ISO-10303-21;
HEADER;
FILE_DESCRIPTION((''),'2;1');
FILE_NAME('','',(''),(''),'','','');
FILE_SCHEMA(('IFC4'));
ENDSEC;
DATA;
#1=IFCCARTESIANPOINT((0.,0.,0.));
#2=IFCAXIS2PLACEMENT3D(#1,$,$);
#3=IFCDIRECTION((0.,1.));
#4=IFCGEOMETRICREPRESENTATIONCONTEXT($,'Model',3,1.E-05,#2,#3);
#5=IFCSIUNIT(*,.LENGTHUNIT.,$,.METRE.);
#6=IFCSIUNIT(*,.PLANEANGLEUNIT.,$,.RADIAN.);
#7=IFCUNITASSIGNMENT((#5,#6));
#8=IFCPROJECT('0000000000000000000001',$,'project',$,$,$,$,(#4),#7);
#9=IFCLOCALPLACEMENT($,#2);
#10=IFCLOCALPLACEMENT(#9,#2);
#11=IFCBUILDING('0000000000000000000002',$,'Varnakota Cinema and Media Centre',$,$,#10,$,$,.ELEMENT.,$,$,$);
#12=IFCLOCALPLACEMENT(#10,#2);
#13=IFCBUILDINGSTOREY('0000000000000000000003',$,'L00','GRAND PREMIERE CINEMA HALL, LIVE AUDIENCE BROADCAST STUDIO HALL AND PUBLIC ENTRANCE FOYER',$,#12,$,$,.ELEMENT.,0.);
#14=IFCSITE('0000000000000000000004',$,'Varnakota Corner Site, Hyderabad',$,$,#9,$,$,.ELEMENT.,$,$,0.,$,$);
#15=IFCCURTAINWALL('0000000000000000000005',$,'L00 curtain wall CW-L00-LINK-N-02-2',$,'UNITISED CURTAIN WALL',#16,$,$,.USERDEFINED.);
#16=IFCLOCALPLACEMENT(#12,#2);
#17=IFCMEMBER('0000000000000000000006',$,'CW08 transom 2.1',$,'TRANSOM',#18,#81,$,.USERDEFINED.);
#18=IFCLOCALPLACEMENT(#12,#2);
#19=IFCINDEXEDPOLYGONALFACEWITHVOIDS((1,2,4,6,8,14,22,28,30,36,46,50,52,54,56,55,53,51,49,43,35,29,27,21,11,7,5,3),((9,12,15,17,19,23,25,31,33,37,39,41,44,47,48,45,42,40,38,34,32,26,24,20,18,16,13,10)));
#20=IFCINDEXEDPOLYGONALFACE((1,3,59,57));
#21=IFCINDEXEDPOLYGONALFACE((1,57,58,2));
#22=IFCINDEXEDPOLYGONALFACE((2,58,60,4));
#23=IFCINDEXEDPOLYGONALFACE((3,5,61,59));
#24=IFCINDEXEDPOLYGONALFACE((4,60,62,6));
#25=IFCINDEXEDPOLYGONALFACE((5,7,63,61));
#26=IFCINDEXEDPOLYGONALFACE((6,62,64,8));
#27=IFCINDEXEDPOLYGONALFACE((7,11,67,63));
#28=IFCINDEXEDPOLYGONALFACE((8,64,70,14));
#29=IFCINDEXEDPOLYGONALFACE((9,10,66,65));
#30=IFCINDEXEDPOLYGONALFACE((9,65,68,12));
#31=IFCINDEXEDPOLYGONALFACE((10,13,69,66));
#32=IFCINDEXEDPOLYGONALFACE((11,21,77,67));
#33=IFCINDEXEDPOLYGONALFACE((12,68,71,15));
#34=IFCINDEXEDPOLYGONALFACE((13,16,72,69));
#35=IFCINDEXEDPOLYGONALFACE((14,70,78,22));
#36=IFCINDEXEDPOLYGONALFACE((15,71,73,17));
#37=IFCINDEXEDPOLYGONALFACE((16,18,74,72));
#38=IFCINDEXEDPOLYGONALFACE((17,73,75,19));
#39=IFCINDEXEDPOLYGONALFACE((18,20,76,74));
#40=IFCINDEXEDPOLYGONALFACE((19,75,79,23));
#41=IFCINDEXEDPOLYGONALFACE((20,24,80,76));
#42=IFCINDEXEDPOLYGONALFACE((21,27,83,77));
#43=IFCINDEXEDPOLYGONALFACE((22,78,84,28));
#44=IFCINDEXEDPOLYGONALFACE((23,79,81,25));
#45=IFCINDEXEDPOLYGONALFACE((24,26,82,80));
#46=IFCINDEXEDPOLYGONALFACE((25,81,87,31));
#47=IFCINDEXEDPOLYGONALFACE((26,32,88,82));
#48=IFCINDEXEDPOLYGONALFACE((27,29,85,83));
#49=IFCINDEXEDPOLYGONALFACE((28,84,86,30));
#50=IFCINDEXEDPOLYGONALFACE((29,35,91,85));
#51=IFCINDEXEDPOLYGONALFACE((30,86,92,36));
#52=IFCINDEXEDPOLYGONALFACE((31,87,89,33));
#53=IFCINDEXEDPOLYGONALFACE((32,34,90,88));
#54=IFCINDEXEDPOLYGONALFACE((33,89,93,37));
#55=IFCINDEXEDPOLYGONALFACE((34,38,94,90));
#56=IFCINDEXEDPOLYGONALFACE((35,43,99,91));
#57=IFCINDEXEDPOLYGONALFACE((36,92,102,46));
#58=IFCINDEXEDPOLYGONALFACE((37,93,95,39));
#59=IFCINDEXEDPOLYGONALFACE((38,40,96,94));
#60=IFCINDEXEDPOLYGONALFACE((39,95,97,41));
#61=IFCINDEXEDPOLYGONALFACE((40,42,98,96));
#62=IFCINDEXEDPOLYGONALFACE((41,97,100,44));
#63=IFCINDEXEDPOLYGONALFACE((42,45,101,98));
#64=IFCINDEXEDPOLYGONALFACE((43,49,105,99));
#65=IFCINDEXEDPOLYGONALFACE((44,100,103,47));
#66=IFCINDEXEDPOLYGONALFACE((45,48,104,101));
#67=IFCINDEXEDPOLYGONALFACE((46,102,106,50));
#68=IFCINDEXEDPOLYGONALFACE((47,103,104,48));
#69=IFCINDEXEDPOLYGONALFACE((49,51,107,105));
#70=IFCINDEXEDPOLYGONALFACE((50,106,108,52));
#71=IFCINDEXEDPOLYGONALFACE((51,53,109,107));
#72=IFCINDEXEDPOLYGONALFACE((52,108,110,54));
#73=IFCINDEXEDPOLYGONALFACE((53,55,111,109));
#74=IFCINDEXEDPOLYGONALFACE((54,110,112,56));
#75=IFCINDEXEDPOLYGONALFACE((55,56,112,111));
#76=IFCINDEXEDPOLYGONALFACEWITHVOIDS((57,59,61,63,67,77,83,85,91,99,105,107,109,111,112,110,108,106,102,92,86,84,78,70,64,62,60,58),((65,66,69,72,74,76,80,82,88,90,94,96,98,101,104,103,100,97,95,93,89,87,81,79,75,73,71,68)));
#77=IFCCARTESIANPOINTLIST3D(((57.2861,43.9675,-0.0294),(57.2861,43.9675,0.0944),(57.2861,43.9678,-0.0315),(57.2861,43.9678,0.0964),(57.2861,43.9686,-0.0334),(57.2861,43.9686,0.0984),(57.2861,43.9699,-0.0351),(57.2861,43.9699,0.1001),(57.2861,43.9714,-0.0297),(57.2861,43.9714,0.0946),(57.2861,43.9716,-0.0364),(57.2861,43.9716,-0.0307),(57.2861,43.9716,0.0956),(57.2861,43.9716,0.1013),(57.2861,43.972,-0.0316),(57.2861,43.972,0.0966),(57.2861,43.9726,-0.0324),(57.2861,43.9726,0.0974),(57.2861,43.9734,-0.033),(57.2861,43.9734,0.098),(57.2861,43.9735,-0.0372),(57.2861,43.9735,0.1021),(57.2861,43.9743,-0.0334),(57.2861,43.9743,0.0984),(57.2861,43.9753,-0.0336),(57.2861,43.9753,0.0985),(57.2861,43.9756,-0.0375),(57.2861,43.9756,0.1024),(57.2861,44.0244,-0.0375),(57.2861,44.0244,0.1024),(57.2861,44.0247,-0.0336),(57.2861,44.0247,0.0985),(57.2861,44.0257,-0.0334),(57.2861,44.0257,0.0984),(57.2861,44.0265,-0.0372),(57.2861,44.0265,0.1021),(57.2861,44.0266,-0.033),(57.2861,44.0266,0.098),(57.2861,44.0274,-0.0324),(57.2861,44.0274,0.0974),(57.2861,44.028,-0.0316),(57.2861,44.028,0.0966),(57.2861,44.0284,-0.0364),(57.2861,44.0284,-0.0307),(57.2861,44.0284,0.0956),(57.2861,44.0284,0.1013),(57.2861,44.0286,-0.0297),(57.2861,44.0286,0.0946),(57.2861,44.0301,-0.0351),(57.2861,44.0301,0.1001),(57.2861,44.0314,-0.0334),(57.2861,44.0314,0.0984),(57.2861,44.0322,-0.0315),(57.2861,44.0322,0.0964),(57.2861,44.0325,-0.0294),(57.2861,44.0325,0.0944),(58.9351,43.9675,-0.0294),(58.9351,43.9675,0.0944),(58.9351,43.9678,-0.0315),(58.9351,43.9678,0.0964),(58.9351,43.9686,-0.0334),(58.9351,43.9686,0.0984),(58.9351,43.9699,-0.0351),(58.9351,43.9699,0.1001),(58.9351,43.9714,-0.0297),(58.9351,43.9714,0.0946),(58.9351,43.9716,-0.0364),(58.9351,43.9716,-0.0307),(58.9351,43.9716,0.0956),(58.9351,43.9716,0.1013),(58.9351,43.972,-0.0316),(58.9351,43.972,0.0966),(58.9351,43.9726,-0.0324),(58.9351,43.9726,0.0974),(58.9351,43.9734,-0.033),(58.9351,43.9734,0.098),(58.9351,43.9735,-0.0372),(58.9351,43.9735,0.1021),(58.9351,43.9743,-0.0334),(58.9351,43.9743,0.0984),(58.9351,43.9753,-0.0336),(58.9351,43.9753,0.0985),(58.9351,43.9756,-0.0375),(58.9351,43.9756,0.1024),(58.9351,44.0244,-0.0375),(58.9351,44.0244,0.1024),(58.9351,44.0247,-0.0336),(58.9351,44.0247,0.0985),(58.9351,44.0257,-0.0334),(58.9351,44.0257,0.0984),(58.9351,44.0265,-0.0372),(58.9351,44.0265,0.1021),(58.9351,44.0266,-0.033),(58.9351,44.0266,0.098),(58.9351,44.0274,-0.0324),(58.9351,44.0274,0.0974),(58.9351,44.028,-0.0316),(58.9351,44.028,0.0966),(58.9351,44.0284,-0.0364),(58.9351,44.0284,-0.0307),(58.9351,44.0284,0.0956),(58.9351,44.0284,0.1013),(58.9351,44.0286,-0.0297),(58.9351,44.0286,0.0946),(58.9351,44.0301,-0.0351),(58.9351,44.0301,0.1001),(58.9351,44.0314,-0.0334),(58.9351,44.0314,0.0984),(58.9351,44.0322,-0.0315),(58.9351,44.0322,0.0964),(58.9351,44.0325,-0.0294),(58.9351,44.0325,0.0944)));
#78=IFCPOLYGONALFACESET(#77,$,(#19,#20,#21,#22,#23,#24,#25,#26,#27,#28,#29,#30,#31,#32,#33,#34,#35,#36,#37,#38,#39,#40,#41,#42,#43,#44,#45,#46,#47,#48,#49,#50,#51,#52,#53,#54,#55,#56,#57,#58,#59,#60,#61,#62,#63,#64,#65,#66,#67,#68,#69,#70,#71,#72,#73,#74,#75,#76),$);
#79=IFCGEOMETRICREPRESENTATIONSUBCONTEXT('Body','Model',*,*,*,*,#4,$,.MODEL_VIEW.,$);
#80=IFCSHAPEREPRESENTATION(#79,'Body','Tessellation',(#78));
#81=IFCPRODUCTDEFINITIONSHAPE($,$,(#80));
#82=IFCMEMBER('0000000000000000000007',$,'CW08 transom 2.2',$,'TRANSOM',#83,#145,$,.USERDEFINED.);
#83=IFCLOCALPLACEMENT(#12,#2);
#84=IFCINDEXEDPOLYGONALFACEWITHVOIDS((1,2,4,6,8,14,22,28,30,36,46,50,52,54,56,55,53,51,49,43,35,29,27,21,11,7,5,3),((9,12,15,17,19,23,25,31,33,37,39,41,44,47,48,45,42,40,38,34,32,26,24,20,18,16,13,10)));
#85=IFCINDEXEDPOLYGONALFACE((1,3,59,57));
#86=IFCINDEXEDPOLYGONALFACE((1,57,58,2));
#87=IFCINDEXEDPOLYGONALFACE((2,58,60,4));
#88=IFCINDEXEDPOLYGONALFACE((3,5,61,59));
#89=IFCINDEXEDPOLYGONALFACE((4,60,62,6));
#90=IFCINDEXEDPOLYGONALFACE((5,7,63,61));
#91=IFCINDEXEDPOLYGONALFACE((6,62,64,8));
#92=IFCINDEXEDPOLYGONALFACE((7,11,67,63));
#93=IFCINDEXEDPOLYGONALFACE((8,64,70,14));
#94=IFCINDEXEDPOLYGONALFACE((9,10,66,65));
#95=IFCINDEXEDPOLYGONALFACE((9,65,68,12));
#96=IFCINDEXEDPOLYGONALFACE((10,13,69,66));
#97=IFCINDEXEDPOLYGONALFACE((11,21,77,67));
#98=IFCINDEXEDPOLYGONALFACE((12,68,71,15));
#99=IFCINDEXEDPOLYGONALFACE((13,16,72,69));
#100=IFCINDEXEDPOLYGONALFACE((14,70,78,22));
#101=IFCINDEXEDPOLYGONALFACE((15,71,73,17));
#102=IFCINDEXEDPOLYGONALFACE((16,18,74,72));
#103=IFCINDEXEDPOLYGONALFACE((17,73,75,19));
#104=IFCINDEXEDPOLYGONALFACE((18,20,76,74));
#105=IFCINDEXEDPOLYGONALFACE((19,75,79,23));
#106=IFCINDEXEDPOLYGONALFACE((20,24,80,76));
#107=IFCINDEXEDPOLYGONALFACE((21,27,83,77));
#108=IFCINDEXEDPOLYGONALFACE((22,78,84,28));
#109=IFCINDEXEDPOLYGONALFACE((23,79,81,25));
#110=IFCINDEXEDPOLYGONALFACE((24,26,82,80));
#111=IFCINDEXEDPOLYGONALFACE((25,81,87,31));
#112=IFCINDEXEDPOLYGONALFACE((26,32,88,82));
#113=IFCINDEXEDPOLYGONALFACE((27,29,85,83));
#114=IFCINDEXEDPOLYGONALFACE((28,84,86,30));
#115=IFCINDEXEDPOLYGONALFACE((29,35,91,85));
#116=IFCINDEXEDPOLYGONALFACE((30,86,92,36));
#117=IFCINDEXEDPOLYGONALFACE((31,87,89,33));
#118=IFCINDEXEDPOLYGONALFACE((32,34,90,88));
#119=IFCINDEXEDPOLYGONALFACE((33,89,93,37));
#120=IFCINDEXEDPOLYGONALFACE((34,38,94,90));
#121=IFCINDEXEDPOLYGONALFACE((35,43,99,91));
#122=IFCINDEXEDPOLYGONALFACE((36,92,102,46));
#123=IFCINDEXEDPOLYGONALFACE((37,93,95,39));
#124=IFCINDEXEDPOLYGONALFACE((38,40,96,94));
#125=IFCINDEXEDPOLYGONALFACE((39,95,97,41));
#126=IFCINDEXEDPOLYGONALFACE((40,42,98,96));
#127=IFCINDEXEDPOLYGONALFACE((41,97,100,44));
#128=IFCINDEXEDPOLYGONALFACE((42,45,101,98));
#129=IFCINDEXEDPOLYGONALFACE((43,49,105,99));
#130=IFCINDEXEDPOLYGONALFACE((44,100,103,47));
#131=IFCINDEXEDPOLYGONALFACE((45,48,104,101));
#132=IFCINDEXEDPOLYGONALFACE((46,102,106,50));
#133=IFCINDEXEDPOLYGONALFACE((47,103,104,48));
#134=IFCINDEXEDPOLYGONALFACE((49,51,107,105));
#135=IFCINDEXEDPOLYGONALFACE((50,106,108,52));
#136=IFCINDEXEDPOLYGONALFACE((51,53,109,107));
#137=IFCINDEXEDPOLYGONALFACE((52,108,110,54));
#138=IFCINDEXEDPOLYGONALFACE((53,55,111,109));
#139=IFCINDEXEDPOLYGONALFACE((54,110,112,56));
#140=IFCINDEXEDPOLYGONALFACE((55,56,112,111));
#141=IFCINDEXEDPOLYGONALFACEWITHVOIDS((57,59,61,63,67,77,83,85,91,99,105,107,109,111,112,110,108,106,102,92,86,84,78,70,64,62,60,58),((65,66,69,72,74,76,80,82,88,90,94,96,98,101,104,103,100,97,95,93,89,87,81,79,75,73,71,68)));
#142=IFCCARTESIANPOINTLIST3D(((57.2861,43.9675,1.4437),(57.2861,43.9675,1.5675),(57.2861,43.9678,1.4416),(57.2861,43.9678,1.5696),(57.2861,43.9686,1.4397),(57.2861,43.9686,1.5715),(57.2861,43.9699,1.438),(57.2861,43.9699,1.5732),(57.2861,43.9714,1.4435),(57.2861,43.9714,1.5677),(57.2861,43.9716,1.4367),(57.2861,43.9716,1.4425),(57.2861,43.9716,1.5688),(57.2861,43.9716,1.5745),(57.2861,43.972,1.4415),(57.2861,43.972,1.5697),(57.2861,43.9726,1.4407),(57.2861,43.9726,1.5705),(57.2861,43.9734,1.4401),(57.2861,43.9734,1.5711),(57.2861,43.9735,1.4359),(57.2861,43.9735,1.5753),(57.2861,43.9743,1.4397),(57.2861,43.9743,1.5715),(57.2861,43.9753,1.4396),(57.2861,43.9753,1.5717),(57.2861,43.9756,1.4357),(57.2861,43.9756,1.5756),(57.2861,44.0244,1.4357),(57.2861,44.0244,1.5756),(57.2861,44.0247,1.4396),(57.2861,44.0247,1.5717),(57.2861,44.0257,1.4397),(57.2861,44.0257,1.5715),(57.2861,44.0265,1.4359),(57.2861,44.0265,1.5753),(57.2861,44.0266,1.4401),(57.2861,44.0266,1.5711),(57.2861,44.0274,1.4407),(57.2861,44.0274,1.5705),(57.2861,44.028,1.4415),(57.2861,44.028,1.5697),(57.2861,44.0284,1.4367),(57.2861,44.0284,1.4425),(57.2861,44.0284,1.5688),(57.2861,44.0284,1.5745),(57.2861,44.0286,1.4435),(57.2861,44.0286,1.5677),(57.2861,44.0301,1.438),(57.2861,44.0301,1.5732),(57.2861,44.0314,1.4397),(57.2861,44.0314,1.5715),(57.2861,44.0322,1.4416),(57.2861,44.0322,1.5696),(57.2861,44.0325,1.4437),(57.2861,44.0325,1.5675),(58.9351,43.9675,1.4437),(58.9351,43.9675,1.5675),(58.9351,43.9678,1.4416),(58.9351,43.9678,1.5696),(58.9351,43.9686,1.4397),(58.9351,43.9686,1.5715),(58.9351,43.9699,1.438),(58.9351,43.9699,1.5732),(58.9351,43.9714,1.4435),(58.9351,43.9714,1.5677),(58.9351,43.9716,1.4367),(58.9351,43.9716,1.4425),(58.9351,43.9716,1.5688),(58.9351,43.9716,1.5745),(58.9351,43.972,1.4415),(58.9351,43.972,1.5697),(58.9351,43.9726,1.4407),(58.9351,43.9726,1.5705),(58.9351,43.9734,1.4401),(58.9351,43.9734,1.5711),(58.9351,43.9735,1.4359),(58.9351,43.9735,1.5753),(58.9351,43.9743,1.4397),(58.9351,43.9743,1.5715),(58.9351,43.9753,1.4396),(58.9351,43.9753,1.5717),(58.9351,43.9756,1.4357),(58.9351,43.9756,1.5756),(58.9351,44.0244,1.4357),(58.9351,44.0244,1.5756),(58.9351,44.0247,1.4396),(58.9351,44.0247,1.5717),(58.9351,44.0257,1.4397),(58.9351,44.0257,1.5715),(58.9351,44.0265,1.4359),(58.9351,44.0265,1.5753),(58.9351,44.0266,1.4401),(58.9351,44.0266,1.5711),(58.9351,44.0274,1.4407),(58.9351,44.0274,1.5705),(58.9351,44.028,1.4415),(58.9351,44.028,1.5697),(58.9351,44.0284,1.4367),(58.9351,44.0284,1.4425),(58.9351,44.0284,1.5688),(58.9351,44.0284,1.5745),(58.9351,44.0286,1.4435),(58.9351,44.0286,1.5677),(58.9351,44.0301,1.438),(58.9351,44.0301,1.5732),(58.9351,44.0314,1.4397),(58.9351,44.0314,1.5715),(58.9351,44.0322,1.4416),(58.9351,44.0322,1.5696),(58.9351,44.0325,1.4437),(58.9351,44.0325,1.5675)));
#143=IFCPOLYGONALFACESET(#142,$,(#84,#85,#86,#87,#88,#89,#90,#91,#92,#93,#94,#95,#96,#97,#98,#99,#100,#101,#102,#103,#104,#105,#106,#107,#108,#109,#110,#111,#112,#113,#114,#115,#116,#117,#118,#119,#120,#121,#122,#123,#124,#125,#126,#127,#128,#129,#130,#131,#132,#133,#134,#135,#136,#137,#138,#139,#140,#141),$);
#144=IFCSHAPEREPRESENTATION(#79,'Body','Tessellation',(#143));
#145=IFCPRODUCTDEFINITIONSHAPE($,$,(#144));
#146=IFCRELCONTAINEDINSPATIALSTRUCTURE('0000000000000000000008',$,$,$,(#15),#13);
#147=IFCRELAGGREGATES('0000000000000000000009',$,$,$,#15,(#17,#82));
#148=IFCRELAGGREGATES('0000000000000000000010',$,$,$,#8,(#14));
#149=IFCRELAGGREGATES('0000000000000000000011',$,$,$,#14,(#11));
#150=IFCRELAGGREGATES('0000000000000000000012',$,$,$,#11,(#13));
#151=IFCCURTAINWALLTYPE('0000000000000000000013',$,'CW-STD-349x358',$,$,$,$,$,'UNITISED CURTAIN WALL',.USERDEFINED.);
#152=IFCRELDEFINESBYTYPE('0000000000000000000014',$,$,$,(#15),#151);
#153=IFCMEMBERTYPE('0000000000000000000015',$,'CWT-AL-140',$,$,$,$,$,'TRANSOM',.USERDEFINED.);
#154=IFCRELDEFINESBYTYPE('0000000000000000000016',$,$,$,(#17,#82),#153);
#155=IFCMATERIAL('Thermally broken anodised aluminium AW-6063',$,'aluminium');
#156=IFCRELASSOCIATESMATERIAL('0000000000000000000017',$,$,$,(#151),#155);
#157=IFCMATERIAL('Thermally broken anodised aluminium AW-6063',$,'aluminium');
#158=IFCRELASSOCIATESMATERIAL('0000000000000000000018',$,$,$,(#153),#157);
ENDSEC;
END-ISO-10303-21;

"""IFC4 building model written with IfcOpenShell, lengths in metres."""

from ifc_helpers import new_model, si_unit, direction, frame, origin, origin_2d, place, context, subcontext, project, spatial, hollow_rectangle, extrude, material, material_profile, profile_set, type_object, element, aggregate, save


model = new_model("IFC4")

# Units and contexts
model_context = context("Model", 3, precision=1e-05, world=origin(), true_north=direction((0.0, 1.0)))
body_context = subcontext(model_context, "Body", "Model", "MODEL_VIEW")
ifc_project = project(units=[si_unit("LENGTHUNIT", "METRE"), si_unit("PLANEANGLEUNIT", "RADIAN")], contexts=[model_context])

# Site, building, storey
site_placement = place(None, origin())
site = spatial("IfcSite", under=ifc_project, at=site_placement, Name="Varnakota Corner Site, Hyderabad", CompositionType="ELEMENT", RefElevation=0.0)
building_placement = place(site_placement, origin())
building = spatial("IfcBuilding", under=site, at=building_placement, Name="Varnakota Cinema and Media Centre", CompositionType="ELEMENT")
storey_placement = place(building_placement, origin())
storey = spatial("IfcBuildingStorey", under=building, at=storey_placement, Name="L00", Description="GRAND PREMIERE CINEMA HALL, LIVE AUDIENCE BROADCAST STUDIO HALL AND PUBLIC ENTRANCE FOYER", CompositionType="ELEMENT", Elevation=0.0)

# Shared definitions
ifc_material_1 = material(Name="Thermally broken anodised aluminium AW-6063", Category="aluminium")
curtain_wall_type_1 = type_object("IfcCurtainWallType", Name="CW-STD-349x358", ElementType="UNITISED CURTAIN WALL", PredefinedType="USERDEFINED", material=ifc_material_1)

# Curtain wall
curtain_wall_1_placement = place(storey_placement, origin())
curtain_wall_1 = element("IfcCurtainWall", 1, at=curtain_wall_1_placement, inside=storey, type_object=curtain_wall_type_1, Name="L00 curtain wall CW-L00-LINK-N-02-2", ObjectType="UNITISED CURTAIN WALL", PredefinedType="USERDEFINED")

# Members
ifc_material_2 = material(Name="Thermally broken anodised aluminium AW-6063", Category="aluminium")
ifc_material_profile_1 = material_profile(ifc_material_2, hollow_rectangle(XDim=0.0649, YDim=0.1399, WallThickness=0.0039, InnerFilletRadius=0.0039, OuterFilletRadius=0.0081, at=origin_2d()), Name="AL-TRANSOM 140x65x4")
ifc_profile_set_1 = profile_set([ifc_material_profile_1], Name="Thermally broken anodised aluminium AW-6063")
member_type_1 = type_object("IfcMemberType", Name="CWT-AL-140", ElementType="TRANSOM", PredefinedType="USERDEFINED", material=ifc_profile_set_1)
member_1_placement = place(storey_placement, frame((57.2861, 44.0, 0.0325), z_axis=(1.0, 0.0, 0.0), x_axis=(0.0, 1.0, 0.0)))
member_1 = element("IfcMember", 2, at=member_1_placement, type_object=member_type_1, Name="CW08 transom 2.1", ObjectType="TRANSOM", PredefinedType="USERDEFINED", context=body_context, shape_type="SweptSolid", body=[
    extrude(hollow_rectangle(XDim=0.0649, YDim=0.1399, WallThickness=0.0039, InnerFilletRadius=0.0039, OuterFilletRadius=0.0081, at=origin_2d()), origin(), (0.0, 0.0, 1.0), 1.6489),
])
member_2_placement = place(storey_placement, frame((57.2861, 44.0, 1.5056), z_axis=(1.0, 0.0, 0.0), x_axis=(0.0, 1.0, 0.0)))
member_2 = element("IfcMember", 3, at=member_2_placement, type_object=member_type_1, Name="CW08 transom 2.2", ObjectType="TRANSOM", PredefinedType="USERDEFINED", context=body_context, shape_type="SweptSolid", body=[
    extrude(hollow_rectangle(XDim=0.0649, YDim=0.1399, WallThickness=0.0039, InnerFilletRadius=0.0039, OuterFilletRadius=0.0081, at=origin_2d()), origin(), (0.0, 0.0, 1.0), 1.6489),
])

aggregate(curtain_wall_1, [member_1, member_2])

save(model, "model.ifc")
